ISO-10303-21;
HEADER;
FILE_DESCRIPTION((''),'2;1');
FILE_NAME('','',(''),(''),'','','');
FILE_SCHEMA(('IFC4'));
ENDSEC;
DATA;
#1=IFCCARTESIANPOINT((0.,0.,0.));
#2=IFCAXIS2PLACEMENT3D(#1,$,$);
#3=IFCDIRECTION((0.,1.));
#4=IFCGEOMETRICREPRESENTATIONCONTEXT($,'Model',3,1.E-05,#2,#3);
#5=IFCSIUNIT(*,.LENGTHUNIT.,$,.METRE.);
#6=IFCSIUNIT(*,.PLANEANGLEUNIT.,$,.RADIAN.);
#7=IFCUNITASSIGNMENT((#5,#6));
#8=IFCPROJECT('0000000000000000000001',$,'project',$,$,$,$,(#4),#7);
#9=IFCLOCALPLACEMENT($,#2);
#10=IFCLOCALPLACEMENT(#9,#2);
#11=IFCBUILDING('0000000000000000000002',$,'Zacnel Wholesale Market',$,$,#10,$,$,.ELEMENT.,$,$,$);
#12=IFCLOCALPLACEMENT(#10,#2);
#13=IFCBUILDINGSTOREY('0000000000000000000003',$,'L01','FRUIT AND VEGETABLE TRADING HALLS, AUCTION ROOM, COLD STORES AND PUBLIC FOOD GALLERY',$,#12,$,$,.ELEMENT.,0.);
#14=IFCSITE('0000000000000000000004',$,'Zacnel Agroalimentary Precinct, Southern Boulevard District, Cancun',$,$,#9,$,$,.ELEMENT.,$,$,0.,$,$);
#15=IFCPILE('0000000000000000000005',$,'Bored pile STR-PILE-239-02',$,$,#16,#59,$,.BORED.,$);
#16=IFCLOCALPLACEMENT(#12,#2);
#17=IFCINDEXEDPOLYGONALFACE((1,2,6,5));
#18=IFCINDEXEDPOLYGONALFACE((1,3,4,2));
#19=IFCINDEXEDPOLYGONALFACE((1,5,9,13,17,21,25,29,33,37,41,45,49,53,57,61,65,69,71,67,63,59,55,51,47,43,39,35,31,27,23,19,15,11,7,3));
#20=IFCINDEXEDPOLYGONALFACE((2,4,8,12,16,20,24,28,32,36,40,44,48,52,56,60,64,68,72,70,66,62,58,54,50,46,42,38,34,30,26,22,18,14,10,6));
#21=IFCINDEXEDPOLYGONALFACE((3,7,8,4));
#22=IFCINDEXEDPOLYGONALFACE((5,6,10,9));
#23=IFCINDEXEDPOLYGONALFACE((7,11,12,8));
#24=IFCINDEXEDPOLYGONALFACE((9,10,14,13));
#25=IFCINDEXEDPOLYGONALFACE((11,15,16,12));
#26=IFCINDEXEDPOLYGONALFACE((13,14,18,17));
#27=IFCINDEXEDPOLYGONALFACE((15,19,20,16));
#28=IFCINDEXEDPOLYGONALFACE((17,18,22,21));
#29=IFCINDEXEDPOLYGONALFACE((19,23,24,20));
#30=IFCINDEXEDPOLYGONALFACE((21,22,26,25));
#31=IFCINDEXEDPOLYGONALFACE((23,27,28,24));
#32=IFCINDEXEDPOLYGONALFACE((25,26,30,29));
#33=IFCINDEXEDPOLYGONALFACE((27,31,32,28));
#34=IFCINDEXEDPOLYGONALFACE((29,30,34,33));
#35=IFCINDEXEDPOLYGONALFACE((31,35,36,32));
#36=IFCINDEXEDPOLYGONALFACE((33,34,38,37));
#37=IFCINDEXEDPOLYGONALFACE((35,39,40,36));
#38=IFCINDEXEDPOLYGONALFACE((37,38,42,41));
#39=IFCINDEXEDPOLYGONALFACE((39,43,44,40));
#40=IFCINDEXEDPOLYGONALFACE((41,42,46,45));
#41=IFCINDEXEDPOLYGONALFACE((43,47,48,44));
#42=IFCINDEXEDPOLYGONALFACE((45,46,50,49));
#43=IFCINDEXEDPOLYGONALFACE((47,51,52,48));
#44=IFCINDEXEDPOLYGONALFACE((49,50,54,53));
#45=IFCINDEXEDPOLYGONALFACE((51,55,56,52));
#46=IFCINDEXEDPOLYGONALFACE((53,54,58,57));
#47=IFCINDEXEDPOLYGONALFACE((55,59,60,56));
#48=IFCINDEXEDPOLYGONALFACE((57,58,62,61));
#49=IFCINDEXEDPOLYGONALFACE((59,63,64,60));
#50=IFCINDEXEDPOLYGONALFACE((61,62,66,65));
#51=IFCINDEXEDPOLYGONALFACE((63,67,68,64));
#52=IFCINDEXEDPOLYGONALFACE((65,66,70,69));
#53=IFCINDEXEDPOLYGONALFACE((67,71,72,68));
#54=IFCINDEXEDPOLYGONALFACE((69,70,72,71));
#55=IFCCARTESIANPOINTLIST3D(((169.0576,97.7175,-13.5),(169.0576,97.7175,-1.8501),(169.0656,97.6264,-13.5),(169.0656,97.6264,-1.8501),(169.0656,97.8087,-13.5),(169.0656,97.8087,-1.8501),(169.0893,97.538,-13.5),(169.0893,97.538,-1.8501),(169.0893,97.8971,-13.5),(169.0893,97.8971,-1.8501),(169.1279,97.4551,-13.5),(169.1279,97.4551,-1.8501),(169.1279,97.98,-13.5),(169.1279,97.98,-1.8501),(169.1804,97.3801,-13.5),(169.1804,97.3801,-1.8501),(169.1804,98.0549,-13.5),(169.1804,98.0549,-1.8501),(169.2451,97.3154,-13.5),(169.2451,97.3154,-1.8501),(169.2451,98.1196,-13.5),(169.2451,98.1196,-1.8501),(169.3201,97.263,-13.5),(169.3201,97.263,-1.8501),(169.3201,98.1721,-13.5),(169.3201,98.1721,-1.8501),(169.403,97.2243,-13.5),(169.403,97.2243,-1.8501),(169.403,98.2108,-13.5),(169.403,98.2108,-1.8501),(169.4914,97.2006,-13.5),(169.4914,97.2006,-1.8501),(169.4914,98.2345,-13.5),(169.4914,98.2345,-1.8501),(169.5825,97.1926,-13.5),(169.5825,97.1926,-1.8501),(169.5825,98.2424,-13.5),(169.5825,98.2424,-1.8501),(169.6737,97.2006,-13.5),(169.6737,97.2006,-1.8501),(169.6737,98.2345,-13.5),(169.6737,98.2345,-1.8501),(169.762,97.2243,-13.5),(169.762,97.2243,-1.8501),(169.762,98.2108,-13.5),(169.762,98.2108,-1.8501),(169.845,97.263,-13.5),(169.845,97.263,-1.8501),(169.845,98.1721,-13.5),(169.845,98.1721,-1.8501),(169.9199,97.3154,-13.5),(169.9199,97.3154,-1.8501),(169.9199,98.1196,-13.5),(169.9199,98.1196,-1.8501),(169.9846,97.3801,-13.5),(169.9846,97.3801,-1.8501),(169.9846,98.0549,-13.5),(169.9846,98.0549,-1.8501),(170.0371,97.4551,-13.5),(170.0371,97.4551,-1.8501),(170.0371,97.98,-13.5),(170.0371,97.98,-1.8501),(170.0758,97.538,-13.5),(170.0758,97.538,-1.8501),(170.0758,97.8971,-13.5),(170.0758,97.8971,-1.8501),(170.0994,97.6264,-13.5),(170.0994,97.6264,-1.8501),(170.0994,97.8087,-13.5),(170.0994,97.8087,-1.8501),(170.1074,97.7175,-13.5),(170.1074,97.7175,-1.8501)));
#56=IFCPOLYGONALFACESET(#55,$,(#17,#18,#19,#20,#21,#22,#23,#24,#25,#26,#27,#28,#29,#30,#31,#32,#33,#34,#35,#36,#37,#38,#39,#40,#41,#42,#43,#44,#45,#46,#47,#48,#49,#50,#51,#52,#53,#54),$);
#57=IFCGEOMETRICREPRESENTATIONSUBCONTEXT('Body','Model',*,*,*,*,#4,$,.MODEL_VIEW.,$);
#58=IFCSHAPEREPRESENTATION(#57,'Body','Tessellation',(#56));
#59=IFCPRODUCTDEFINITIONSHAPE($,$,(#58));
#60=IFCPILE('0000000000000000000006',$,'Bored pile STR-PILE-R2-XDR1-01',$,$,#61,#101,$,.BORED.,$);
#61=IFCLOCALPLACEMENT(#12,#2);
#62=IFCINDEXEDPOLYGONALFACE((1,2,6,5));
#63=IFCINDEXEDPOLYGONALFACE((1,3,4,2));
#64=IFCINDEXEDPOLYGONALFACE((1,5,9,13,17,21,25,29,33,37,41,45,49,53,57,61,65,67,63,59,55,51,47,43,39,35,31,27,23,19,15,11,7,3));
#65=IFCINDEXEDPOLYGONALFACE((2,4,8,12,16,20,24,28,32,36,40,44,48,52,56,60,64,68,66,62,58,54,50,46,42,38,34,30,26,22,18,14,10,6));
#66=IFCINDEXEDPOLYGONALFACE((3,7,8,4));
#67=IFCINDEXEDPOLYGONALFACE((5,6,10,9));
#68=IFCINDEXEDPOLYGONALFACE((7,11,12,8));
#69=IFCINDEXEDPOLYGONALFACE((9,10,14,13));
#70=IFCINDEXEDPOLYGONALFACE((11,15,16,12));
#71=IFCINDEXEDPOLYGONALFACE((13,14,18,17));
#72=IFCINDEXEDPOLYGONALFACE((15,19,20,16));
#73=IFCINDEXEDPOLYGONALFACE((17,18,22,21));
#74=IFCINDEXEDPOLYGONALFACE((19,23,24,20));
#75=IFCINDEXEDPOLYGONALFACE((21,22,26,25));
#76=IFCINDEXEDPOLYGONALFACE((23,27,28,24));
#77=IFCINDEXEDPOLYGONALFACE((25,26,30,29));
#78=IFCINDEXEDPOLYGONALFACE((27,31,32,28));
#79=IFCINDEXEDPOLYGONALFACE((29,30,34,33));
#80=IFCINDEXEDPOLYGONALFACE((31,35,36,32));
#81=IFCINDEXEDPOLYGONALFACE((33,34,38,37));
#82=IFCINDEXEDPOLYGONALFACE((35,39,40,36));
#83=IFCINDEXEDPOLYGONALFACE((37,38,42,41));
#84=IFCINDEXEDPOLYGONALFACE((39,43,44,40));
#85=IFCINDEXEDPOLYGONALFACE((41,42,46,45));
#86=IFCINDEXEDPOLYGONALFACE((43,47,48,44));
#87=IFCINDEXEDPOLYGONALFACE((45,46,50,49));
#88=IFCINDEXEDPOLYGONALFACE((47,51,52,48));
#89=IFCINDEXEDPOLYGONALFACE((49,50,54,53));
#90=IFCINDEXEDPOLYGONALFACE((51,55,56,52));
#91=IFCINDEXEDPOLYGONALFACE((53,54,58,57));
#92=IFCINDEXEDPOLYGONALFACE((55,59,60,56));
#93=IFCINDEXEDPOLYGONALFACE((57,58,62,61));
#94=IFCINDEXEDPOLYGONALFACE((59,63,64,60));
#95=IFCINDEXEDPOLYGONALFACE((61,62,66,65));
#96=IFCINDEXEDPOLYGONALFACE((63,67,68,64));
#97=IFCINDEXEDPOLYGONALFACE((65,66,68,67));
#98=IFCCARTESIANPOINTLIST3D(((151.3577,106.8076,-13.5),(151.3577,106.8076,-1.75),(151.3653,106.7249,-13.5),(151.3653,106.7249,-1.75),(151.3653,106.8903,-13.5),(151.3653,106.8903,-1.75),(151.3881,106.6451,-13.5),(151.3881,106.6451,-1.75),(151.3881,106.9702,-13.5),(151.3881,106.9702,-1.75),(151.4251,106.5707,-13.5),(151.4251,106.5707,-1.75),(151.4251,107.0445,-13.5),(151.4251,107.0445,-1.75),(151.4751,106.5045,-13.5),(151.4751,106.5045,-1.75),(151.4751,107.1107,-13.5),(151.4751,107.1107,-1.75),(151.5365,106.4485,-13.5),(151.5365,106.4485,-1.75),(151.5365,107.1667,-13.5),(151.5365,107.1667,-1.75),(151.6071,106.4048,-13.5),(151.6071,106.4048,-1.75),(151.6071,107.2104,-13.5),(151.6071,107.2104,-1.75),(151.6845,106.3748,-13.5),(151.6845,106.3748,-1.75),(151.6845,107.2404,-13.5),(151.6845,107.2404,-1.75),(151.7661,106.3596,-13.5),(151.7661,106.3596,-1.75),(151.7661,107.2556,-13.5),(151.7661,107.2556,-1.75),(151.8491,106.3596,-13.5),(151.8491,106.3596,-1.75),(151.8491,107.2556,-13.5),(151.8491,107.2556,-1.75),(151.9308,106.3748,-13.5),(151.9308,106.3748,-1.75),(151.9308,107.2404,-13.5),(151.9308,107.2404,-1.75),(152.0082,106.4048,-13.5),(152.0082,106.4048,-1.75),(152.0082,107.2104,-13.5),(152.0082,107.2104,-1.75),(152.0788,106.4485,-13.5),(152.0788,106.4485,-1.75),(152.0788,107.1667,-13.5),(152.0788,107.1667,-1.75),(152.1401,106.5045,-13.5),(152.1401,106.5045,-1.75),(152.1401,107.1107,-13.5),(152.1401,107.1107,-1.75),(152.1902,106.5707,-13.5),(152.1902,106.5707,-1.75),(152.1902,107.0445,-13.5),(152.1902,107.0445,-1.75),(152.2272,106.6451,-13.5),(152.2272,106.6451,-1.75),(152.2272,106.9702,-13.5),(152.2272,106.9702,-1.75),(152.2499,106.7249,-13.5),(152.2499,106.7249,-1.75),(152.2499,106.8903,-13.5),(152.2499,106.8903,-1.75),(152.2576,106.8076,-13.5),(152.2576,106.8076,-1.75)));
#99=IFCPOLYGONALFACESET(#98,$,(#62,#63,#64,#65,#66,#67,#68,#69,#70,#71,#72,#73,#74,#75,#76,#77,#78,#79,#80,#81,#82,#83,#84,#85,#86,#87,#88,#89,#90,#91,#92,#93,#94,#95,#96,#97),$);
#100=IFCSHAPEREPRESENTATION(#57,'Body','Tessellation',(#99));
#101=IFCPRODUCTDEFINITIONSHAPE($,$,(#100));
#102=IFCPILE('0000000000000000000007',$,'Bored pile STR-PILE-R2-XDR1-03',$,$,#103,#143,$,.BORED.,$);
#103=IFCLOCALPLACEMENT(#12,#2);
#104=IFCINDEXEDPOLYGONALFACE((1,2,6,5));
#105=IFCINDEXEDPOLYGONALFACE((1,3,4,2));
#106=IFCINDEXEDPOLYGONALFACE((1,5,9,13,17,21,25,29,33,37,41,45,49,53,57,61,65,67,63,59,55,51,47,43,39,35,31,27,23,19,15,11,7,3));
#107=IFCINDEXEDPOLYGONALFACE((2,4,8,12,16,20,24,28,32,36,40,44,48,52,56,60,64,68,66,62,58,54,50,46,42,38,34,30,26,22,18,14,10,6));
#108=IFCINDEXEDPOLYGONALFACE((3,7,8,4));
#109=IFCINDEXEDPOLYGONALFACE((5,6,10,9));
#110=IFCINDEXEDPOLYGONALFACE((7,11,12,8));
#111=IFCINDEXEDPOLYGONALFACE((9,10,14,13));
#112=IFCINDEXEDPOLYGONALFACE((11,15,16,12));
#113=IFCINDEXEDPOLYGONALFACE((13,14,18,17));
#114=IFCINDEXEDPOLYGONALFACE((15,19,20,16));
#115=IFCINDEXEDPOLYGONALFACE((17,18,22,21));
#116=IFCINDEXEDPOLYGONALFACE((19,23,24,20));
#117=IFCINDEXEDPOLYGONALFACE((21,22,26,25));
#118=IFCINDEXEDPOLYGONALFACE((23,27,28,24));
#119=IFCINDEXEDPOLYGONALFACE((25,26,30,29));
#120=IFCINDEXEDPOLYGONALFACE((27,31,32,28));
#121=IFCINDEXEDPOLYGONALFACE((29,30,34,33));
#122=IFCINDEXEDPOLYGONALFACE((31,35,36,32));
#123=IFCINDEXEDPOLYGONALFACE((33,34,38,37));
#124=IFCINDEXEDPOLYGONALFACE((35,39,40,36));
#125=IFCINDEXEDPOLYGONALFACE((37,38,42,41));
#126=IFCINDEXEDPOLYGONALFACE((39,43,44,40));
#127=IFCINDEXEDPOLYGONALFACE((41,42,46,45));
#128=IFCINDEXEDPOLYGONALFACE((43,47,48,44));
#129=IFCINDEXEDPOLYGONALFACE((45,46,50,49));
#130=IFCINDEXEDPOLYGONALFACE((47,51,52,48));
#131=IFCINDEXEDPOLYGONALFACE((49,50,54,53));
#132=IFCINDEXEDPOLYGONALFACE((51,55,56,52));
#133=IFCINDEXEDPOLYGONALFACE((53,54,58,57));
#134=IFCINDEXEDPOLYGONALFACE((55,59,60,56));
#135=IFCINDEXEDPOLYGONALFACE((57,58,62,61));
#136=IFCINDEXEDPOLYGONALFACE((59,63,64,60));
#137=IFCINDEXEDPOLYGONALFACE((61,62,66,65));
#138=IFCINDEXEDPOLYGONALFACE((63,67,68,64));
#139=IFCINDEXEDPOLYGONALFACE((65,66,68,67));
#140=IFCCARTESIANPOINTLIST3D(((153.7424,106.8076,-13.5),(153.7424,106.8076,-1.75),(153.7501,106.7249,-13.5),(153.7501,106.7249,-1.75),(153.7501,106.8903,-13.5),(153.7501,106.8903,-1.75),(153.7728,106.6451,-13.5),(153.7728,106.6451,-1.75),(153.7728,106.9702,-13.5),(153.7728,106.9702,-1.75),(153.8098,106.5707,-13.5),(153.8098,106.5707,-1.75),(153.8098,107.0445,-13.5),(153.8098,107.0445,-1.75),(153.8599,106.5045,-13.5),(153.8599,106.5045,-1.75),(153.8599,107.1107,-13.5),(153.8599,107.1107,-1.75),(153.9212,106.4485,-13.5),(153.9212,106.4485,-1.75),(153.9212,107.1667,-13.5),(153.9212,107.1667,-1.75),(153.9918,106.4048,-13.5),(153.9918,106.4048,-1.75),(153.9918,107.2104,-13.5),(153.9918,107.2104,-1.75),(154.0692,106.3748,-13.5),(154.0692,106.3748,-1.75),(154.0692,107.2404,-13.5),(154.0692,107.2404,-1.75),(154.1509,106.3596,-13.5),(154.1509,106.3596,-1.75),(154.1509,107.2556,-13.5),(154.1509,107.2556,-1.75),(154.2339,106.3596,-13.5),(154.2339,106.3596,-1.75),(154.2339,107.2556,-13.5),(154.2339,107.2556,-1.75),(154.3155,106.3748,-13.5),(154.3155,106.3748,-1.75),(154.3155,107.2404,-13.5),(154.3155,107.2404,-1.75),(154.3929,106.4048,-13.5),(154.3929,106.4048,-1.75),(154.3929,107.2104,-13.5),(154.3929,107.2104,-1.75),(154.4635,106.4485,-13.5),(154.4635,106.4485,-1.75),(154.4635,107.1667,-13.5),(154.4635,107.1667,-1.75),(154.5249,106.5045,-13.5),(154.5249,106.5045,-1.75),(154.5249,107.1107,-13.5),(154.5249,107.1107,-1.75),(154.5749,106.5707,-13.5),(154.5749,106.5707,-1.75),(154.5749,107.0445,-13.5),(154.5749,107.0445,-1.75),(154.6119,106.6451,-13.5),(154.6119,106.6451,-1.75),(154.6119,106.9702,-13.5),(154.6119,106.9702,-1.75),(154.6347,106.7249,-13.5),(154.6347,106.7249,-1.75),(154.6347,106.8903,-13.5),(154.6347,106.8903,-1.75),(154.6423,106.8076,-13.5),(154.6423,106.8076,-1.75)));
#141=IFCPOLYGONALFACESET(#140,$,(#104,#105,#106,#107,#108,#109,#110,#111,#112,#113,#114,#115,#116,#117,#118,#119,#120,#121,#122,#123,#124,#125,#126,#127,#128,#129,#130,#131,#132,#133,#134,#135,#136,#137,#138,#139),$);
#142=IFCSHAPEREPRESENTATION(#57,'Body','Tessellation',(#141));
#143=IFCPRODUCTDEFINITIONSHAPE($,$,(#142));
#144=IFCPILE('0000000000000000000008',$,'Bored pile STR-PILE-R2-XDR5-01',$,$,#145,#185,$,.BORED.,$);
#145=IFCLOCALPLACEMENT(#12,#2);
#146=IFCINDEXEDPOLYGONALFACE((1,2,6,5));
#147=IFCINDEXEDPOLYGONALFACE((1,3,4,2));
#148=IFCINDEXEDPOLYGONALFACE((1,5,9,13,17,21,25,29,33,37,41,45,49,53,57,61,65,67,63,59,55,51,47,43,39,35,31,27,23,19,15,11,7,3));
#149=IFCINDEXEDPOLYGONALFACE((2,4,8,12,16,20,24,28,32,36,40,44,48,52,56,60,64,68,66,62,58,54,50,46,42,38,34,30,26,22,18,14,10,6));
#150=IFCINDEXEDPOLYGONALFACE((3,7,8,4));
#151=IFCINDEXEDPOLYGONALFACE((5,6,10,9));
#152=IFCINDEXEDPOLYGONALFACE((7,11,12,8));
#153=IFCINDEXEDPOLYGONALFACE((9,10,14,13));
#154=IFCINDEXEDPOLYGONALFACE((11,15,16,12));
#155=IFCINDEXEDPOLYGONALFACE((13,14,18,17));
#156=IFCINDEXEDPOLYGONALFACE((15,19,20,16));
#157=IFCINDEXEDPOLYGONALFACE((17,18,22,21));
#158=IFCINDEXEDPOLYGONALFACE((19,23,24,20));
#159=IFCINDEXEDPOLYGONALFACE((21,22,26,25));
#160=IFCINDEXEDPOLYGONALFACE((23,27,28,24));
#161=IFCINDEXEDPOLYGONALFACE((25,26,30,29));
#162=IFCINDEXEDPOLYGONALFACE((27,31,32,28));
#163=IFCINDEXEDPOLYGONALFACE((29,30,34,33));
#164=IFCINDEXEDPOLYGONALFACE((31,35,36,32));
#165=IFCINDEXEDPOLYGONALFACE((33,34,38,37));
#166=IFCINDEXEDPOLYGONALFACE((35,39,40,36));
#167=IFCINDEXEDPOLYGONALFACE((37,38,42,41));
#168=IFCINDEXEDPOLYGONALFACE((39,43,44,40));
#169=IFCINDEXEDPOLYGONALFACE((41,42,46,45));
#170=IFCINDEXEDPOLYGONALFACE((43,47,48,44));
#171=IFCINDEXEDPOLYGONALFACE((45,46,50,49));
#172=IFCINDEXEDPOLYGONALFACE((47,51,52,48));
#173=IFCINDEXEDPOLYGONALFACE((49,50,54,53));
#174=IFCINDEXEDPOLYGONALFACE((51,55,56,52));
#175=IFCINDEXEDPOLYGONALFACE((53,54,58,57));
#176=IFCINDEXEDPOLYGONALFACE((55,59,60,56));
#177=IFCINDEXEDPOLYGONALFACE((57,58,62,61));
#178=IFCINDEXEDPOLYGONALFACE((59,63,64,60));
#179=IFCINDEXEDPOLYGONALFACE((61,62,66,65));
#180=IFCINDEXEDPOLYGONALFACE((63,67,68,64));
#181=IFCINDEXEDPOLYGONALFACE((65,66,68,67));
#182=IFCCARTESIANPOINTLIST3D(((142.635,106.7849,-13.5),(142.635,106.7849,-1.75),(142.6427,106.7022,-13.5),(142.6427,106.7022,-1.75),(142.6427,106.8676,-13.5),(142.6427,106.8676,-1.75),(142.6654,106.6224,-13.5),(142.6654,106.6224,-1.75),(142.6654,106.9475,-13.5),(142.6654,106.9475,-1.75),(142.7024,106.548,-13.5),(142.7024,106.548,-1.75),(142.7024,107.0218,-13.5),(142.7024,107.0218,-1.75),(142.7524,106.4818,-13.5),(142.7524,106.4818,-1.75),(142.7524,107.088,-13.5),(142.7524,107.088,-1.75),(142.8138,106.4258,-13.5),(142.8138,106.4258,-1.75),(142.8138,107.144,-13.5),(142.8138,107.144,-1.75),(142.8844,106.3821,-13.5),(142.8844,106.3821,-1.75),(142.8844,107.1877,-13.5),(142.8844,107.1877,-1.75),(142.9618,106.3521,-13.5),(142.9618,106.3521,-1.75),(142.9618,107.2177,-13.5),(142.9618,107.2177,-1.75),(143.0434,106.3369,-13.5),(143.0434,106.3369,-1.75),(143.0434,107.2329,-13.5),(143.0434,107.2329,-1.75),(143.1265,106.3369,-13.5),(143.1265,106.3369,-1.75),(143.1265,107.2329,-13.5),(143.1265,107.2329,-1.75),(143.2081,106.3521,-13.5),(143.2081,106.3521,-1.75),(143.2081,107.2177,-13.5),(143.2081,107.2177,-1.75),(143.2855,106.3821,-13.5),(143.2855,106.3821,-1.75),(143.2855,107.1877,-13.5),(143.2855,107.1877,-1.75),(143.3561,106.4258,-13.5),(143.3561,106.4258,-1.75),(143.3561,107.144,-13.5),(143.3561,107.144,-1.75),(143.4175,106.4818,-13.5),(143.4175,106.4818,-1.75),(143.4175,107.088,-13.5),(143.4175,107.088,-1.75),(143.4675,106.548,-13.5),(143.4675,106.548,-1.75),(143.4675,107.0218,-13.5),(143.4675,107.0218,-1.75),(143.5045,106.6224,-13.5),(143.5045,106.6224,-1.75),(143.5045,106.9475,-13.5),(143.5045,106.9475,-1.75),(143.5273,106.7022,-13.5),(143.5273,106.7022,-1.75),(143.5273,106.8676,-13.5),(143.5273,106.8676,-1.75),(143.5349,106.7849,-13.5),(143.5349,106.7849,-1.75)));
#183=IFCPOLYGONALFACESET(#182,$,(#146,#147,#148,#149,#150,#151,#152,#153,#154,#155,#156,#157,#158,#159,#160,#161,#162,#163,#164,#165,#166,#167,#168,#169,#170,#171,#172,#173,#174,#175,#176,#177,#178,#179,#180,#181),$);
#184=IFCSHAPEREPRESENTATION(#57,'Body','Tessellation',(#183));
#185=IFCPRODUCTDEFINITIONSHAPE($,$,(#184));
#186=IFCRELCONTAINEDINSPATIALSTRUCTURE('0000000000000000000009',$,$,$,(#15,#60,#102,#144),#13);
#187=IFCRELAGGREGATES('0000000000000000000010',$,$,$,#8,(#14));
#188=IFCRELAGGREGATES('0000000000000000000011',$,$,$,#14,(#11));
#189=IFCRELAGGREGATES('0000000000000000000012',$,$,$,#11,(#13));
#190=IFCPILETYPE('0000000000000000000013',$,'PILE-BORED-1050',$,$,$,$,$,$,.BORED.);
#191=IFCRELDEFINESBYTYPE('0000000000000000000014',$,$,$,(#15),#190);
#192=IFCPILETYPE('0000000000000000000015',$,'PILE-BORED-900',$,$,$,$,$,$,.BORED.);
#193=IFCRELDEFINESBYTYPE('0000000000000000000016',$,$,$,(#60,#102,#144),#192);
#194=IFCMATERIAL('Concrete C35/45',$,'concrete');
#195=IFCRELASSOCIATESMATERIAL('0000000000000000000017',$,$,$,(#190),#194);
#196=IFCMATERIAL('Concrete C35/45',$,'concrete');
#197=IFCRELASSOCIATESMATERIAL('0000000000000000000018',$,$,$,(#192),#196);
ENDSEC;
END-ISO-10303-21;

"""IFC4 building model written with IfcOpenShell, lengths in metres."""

from ifc_helpers import new_model, si_unit, direction, frame, origin, origin_2d, place, context, subcontext, project, spatial, circle, extrude, material, material_profile, profile_set, type_object, element, save


model = new_model("IFC4")

# Units and contexts
model_context = context("Model", 3, precision=1e-05, world=origin(), true_north=direction((0.0, 1.0)))
body_context = subcontext(model_context, "Body", "Model", "MODEL_VIEW")
ifc_project = project(units=[si_unit("LENGTHUNIT", "METRE"), si_unit("PLANEANGLEUNIT", "RADIAN")], contexts=[model_context])

# Site, building, storey
site_placement = place(None, origin())
site = spatial("IfcSite", under=ifc_project, at=site_placement, Name="Zacnel Agroalimentary Precinct, Southern Boulevard District, Cancun", CompositionType="ELEMENT", RefElevation=0.0)
building_placement = place(site_placement, origin())
building = spatial("IfcBuilding", under=site, at=building_placement, Name="Zacnel Wholesale Market", CompositionType="ELEMENT")
storey_placement = place(building_placement, origin())
storey = spatial("IfcBuildingStorey", under=building, at=storey_placement, Name="L01", Description="FRUIT AND VEGETABLE TRADING HALLS, AUCTION ROOM, COLD STORES AND PUBLIC FOOD GALLERY", CompositionType="ELEMENT", Elevation=0.0)

# Piles
ifc_material_1 = material(Name="Concrete C35/45", Category="concrete")
ifc_material_profile_1 = material_profile(ifc_material_1, circle(Radius=0.5249, at=origin_2d()), Name="BORED PILE D1050")
ifc_profile_set_1 = profile_set([ifc_material_profile_1], Name="Concrete C35/45")
pile_type_1 = type_object("IfcPileType", Name="PILE-BORED-1050", PredefinedType="BORED", material=ifc_profile_set_1)
for number, where, z_axis, x_axis, name in (
    (1, (169.5825, 97.7175, -1.8501), (0.0, 0.0, -1.0), (1.0, 0.0, 0.0), "Bored pile STR-PILE-239-02"),
):
    element("IfcPile", number, at=place(storey_placement, frame(where, z_axis=z_axis, x_axis=x_axis)), inside=storey, type_object=pile_type_1, Name=name, PredefinedType="BORED", context=body_context, shape_type="SweptSolid", body=[
        extrude(circle(Radius=0.5249, at=origin_2d()), origin(), (0.0, 0.0, 1.0), 11.6499),
    ])
ifc_material_2 = material(Name="Concrete C35/45", Category="concrete")
ifc_material_profile_2 = material_profile(ifc_material_2, circle(Radius=0.45, at=origin_2d()), Name="BORED PILE D900")
ifc_profile_set_2 = profile_set([ifc_material_profile_2], Name="Concrete C35/45")
pile_type_2 = type_object("IfcPileType", Name="PILE-BORED-900", PredefinedType="BORED", material=ifc_profile_set_2)
for number, where, z_axis, x_axis, name in (
    (2, (151.8076, 106.8076, -1.75), (0.0, 0.0, -1.0), (1.0, 0.0, 0.0), "Bored pile STR-PILE-R2-XDR1-01"),
    (3, (154.1924, 106.8076, -1.75), (0.0, 0.0, -1.0), (1.0, 0.0, 0.0), "Bored pile STR-PILE-R2-XDR1-03"),
    (4, (143.085, 106.7849, -1.75), (0.0, 0.0, -1.0), (1.0, 0.0, 0.0), "Bored pile STR-PILE-R2-XDR5-01"),
):
    element("IfcPile", number, at=place(storey_placement, frame(where, z_axis=z_axis, x_axis=x_axis)), inside=storey, type_object=pile_type_2, Name=name, PredefinedType="BORED", context=body_context, shape_type="SweptSolid", body=[
        extrude(circle(Radius=0.45, at=origin_2d()), origin(), (0.0, 0.0, 1.0), 11.75),
    ])

save(model, "model.ifc")
